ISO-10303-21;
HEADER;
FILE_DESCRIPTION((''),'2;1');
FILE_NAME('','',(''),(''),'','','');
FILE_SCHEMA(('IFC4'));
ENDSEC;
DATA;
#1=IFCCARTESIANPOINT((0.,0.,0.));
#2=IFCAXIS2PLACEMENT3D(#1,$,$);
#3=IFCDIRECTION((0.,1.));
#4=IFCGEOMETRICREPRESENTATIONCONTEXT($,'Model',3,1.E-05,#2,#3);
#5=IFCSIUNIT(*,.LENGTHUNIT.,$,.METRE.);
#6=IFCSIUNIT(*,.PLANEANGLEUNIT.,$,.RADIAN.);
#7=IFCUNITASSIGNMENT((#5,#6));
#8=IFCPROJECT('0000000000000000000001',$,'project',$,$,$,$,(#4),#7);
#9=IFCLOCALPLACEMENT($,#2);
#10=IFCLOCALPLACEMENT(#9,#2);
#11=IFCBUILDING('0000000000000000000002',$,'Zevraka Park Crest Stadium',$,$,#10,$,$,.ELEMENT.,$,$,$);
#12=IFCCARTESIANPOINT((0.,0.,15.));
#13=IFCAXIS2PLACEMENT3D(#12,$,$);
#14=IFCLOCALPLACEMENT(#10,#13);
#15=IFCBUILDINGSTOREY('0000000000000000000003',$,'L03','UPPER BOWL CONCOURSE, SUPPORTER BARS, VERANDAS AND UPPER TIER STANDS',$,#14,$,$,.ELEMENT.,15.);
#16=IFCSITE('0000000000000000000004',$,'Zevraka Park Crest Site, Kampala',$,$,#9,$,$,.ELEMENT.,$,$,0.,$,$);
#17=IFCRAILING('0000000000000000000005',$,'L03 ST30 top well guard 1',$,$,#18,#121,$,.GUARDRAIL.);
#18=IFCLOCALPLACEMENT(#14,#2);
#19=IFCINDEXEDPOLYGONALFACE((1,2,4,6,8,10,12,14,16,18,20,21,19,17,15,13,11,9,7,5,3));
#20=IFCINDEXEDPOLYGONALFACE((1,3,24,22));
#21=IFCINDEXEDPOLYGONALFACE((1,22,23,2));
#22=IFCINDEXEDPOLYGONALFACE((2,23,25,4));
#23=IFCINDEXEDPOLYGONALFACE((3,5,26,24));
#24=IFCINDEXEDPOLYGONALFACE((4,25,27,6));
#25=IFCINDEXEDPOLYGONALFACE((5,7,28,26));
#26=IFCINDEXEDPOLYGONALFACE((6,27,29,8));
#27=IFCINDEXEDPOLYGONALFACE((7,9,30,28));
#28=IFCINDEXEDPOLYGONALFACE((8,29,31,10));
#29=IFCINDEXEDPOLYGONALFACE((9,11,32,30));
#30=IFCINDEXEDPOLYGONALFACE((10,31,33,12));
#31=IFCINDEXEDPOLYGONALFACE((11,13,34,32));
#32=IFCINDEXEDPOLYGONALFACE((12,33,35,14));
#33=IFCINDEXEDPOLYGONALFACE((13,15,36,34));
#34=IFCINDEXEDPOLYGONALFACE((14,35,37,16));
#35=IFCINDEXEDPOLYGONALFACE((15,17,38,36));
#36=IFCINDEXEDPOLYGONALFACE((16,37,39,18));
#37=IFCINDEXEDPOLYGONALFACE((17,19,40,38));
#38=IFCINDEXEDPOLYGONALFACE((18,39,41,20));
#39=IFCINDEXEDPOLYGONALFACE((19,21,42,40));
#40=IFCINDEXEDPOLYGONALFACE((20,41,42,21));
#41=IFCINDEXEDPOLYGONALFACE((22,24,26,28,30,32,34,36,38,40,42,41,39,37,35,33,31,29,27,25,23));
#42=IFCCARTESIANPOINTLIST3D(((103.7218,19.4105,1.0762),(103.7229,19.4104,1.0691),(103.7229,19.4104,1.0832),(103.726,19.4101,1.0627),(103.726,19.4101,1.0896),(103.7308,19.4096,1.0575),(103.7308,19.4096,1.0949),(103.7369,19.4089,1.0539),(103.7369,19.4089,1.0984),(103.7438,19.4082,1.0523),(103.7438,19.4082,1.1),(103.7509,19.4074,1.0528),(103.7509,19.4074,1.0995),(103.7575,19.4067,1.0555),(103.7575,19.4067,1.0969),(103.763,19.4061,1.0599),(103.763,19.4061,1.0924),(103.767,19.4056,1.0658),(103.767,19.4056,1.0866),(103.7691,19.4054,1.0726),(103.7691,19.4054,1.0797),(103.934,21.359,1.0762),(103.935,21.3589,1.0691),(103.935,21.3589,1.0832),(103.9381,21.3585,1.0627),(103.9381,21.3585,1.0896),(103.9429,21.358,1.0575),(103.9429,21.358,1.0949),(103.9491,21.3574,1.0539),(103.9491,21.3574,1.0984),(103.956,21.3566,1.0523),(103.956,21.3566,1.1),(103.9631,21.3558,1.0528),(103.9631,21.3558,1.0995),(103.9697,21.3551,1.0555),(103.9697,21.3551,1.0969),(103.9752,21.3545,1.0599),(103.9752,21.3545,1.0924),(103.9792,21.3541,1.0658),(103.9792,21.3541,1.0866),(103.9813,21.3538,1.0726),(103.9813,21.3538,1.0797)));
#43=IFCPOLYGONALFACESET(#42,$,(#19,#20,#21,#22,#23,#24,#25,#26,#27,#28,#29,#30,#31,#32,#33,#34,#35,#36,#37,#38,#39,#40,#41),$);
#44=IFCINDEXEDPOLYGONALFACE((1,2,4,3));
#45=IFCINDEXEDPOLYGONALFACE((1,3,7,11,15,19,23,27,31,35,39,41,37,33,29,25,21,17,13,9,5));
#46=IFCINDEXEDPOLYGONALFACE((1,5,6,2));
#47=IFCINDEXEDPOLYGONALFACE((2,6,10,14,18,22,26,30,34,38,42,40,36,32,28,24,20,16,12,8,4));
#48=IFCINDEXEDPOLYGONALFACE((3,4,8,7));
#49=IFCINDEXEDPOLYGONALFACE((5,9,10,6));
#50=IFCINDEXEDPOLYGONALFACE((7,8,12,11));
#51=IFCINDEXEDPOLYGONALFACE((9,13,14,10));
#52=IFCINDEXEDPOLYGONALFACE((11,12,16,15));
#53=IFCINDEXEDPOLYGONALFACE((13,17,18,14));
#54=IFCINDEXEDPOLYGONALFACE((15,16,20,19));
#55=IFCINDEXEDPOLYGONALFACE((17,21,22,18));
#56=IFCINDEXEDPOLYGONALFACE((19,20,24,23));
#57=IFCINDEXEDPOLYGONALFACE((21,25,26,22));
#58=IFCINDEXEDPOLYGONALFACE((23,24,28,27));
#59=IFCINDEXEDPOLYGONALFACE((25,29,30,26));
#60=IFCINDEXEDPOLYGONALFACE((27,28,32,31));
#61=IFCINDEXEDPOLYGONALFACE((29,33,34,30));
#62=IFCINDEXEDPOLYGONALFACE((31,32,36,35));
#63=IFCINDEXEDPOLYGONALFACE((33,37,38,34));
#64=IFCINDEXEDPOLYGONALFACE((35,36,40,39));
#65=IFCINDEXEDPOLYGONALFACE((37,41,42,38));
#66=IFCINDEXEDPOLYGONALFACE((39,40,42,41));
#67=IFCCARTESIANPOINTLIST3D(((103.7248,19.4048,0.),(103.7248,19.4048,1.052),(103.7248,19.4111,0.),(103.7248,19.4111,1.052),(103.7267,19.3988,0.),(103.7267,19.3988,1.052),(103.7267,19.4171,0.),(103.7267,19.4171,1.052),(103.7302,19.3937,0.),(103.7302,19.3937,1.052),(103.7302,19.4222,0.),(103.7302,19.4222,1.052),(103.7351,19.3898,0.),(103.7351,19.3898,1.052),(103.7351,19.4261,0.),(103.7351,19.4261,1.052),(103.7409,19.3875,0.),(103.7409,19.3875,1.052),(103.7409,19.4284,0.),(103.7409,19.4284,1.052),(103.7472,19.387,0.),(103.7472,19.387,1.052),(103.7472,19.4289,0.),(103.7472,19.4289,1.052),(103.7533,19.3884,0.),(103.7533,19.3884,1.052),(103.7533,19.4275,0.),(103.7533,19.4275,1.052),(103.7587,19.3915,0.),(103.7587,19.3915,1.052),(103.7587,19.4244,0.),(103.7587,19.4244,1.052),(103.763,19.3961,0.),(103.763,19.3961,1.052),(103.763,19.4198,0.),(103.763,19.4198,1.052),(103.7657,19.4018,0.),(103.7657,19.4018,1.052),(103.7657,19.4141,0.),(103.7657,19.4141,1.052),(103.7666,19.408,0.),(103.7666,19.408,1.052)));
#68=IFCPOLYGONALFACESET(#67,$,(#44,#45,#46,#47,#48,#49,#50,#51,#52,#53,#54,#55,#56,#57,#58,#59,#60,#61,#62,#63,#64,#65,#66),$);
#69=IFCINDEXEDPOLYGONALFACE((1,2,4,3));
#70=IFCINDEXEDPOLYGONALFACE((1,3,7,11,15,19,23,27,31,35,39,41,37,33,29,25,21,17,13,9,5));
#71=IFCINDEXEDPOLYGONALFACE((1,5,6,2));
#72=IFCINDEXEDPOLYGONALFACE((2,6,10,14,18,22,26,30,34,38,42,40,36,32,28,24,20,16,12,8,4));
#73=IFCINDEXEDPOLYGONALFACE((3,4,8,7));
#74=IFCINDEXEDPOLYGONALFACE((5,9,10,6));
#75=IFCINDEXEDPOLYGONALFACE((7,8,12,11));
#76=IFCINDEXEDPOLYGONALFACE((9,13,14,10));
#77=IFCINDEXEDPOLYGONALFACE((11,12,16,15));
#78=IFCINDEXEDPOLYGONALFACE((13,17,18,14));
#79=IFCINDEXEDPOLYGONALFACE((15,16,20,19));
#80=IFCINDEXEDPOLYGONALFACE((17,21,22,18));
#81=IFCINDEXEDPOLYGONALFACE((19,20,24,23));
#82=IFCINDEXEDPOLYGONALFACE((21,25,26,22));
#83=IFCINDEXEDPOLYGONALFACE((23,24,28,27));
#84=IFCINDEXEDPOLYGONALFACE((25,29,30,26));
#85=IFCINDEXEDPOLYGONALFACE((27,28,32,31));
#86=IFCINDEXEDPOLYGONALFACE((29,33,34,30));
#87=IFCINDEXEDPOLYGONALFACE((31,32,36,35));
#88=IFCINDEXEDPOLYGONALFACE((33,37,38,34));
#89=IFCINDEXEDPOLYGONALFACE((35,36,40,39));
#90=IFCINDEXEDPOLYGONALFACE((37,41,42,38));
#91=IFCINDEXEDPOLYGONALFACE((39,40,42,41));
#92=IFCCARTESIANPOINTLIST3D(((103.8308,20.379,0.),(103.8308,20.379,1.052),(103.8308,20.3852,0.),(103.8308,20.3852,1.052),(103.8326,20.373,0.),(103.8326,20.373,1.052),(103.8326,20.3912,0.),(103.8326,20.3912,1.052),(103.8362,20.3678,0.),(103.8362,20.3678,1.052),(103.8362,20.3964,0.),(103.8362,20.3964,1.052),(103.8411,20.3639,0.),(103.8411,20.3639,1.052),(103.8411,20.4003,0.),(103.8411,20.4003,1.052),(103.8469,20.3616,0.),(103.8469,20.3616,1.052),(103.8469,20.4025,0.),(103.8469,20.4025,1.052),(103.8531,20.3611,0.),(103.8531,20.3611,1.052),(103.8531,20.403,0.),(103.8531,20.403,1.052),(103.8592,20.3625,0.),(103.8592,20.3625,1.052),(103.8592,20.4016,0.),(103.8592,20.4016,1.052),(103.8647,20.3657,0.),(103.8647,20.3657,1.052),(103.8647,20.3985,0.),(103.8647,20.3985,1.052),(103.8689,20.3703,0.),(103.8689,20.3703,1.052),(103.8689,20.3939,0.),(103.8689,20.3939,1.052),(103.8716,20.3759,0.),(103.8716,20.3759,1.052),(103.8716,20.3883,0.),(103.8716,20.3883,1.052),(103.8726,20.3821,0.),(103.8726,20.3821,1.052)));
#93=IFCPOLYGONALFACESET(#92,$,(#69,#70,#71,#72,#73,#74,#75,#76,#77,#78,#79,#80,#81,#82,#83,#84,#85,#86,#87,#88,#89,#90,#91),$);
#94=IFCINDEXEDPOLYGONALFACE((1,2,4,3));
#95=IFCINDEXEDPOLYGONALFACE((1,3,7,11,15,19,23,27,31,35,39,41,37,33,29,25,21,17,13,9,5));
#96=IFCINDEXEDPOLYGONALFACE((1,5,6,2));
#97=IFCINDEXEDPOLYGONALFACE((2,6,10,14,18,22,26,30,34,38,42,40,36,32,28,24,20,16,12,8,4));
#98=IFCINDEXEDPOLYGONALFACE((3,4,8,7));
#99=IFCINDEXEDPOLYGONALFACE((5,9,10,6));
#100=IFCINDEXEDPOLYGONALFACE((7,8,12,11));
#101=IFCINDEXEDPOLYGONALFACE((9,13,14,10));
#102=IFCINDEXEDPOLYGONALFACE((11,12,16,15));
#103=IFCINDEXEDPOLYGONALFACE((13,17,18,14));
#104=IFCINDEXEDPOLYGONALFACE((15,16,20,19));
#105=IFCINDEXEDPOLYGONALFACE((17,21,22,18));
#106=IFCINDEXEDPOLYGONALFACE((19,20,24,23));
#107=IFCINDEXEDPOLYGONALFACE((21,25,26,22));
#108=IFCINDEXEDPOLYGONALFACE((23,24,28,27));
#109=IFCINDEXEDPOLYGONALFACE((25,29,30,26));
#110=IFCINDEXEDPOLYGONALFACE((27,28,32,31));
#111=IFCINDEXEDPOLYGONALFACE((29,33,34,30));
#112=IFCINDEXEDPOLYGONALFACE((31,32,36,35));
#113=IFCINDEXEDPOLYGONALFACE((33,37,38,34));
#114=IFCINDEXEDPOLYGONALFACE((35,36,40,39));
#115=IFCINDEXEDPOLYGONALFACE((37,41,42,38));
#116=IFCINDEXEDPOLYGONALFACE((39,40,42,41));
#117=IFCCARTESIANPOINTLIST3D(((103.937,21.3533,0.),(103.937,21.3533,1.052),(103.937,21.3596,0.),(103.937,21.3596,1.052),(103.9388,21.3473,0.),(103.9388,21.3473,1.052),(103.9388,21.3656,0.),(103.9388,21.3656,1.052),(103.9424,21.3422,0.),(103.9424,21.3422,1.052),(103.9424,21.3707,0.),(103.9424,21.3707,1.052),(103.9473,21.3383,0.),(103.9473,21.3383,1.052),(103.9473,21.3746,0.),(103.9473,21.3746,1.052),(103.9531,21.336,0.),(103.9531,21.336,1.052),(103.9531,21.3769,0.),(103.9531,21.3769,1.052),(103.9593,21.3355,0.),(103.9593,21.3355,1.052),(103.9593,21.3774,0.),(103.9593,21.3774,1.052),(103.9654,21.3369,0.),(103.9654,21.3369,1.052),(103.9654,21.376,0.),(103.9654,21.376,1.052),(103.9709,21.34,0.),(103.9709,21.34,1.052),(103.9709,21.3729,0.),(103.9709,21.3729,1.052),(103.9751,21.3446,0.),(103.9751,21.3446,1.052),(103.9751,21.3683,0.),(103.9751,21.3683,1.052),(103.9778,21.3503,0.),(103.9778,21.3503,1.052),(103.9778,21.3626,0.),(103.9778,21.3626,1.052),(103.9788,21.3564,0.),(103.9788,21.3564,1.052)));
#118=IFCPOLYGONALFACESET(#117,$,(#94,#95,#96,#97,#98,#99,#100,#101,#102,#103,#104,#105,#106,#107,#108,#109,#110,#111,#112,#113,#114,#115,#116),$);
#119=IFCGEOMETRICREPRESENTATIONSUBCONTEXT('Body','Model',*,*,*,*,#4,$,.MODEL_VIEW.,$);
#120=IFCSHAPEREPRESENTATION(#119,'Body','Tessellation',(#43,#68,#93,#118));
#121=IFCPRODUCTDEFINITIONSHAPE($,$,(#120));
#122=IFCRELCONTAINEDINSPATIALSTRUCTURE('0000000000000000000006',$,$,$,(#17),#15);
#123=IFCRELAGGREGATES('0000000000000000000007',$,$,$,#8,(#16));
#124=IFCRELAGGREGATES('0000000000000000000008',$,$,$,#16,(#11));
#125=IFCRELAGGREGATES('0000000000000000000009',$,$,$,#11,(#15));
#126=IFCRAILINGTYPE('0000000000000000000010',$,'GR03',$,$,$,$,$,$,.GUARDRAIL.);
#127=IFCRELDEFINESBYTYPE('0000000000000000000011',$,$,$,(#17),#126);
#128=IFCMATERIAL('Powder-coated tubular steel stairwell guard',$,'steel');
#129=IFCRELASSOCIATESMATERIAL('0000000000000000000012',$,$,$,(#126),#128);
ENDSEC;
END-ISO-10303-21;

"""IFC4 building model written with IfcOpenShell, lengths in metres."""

from ifc_helpers import new_model, si_unit, direction, frame, origin, origin_2d, place, context, subcontext, project, spatial, circle, extrude, material, type_object, element, save


model = new_model("IFC4")

# Units and contexts
model_context = context("Model", 3, precision=1e-05, world=origin(), true_north=direction((0.0, 1.0)))
body_context = subcontext(model_context, "Body", "Model", "MODEL_VIEW")
ifc_project = project(units=[si_unit("LENGTHUNIT", "METRE"), si_unit("PLANEANGLEUNIT", "RADIAN")], contexts=[model_context])

# Site, building, storey
site_placement = place(None, origin())
site = spatial("IfcSite", under=ifc_project, at=site_placement, Name="Zevraka Park Crest Site, Kampala", CompositionType="ELEMENT", RefElevation=0.0)
building_placement = place(site_placement, origin())
building = spatial("IfcBuilding", under=site, at=building_placement, Name="Zevraka Park Crest Stadium", CompositionType="ELEMENT")
storey_placement = place(building_placement, frame((0.0, 0.0, 15.0)))
storey = spatial("IfcBuildingStorey", under=building, at=storey_placement, Name="L03", Description="UPPER BOWL CONCOURSE, SUPPORTER BARS, VERANDAS AND UPPER TIER STANDS", CompositionType="ELEMENT", Elevation=15.0)

# Railing
ifc_material_1 = material(Name="Powder-coated tubular steel stairwell guard", Category="steel")
railing_type_1 = type_object("IfcRailingType", Name="GR03", PredefinedType="GUARDRAIL", material=ifc_material_1)
railing_1_placement = place(storey_placement, frame((103.7456, 19.408, 0.0)))
element("IfcRailing", 1, at=railing_1_placement, inside=storey, type_object=railing_type_1, Name="L03 ST30 top well guard 1", PredefinedType="GUARDRAIL", context=body_context, shape_type="SweptSolid", body=[
    extrude(circle(Radius=0.0239, at=origin_2d()), frame((0.0, 0.0, 1.0762), z_axis=(0.108244, 0.994124, 0.0), x_axis=(-0.994124, 0.108244, 0.0)), (0.0, 0.0, 1.0), 1.96),
    extrude(circle(Radius=0.021, at=origin_2d()), origin(), (0.0, 0.0, 1.0), 1.052),
    extrude(circle(Radius=0.021, at=origin_2d()), frame((0.106, 0.9741, 0.0)), (0.0, 0.0, 1.0), 1.052),
    extrude(circle(Radius=0.021, at=origin_2d()), frame((0.2122, 1.9485, 0.0)), (0.0, 0.0, 1.0), 1.052),
])

save(model, "model.ifc")
